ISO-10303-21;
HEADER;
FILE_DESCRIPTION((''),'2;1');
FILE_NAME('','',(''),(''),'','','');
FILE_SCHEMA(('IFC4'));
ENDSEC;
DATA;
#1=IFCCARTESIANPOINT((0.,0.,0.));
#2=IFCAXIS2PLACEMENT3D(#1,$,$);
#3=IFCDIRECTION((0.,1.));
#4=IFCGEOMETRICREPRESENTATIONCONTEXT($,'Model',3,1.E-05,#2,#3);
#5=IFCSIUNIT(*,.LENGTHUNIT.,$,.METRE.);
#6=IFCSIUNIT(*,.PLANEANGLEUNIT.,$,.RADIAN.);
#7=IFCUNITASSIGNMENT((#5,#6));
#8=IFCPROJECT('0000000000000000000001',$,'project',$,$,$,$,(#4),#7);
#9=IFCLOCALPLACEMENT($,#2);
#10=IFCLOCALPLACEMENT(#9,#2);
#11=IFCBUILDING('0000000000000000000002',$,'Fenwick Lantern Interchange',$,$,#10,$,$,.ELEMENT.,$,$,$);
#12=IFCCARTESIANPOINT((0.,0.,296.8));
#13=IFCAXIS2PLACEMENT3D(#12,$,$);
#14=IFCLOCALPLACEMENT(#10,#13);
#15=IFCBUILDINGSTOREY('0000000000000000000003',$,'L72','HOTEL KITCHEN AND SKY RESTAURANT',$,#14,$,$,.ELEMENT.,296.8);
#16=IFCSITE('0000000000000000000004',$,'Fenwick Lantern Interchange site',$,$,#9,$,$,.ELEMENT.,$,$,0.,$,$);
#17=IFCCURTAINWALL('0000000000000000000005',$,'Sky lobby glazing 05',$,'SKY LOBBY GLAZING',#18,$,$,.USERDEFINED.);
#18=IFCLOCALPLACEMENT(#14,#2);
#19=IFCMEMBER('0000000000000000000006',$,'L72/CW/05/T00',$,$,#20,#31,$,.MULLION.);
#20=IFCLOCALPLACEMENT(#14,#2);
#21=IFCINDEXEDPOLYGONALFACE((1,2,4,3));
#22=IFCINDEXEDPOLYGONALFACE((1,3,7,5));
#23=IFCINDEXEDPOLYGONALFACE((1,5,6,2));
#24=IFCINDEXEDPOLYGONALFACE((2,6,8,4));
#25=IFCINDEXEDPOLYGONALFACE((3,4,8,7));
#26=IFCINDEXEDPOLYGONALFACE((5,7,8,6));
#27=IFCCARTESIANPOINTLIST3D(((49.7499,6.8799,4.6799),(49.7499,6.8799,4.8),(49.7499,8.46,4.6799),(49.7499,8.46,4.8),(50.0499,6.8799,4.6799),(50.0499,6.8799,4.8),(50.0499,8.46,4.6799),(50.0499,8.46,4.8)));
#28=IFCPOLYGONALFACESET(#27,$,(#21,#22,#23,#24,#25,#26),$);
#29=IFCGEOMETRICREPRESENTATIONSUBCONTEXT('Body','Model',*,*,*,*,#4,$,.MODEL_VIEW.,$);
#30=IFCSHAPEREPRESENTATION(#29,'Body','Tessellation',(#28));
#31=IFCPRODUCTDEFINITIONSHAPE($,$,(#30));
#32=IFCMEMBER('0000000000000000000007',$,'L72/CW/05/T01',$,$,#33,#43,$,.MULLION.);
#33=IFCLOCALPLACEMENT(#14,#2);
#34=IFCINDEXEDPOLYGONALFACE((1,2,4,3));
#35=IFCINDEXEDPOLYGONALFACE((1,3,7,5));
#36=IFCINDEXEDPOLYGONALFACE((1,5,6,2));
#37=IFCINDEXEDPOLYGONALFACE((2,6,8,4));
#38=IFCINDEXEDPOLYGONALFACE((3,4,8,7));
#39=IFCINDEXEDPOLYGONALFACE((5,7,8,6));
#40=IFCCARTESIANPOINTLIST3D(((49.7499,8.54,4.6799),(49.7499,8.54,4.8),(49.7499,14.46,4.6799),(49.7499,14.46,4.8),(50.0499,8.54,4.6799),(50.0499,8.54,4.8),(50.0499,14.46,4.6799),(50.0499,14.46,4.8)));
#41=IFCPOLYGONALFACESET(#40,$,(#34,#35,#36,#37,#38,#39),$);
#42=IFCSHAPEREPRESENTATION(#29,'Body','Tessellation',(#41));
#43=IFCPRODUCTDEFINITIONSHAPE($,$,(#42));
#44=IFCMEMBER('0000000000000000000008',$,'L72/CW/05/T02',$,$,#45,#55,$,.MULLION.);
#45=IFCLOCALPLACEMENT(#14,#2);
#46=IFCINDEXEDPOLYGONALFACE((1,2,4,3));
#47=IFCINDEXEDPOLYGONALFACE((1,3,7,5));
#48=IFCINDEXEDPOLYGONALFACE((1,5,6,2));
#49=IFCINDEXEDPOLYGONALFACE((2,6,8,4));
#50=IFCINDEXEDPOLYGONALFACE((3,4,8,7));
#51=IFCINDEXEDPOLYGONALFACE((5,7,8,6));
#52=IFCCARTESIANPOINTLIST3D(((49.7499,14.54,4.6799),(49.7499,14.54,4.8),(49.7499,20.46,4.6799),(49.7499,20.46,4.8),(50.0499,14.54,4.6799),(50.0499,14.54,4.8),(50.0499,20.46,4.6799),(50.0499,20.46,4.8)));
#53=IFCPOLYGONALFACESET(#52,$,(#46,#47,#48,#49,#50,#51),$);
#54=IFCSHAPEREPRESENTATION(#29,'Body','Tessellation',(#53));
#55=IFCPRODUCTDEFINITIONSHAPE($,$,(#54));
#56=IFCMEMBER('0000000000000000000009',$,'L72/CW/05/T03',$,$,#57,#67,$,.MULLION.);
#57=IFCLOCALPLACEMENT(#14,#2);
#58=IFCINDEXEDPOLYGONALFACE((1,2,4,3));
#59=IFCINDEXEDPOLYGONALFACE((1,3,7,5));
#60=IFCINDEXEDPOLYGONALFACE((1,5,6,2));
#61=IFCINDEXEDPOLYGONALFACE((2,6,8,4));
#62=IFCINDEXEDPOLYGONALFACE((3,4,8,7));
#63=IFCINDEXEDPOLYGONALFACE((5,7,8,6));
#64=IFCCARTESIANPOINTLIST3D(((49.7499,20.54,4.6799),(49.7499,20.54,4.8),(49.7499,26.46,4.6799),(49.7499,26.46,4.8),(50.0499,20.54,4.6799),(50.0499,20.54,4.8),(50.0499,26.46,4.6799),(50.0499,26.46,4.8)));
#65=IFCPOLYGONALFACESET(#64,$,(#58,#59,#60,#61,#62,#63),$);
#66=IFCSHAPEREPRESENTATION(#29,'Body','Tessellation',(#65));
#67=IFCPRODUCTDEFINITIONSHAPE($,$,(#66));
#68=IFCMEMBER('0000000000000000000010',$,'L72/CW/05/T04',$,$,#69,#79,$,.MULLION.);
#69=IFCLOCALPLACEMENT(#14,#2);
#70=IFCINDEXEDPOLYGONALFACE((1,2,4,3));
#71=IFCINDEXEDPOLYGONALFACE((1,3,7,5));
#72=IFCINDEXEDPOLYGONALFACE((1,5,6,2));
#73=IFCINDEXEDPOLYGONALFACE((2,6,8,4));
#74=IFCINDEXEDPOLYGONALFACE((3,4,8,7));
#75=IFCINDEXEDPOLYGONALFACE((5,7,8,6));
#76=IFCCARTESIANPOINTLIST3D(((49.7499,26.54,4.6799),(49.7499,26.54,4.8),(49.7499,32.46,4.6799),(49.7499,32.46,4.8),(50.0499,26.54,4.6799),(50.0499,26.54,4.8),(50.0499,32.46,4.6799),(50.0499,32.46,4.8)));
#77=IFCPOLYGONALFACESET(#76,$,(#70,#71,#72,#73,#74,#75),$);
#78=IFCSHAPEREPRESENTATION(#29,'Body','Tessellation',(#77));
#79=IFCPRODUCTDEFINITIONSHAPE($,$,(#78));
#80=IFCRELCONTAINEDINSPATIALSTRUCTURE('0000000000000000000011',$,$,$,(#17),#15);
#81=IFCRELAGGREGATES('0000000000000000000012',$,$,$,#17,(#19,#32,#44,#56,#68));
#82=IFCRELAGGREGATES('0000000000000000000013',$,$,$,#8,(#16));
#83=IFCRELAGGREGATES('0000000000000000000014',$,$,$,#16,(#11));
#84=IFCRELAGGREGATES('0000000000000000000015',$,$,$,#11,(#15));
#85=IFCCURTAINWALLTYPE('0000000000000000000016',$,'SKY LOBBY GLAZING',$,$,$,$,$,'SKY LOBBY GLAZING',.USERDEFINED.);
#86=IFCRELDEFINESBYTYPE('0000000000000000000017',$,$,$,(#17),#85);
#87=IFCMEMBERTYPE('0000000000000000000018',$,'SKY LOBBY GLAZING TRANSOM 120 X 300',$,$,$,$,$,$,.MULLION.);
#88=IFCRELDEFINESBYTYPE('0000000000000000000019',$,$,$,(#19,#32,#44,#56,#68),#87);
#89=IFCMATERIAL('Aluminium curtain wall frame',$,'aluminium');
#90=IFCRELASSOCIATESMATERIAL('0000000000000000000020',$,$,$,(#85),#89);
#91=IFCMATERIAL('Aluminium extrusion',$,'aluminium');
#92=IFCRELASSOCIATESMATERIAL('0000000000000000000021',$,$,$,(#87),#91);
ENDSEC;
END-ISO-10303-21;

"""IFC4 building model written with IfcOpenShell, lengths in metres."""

from ifc_helpers import new_model, si_unit, direction, frame, origin, origin_2d, place, context, subcontext, project, spatial, rectangle, extrude, material, material_profile, profile_set, type_object, element, aggregate, save


model = new_model("IFC4")

# Units and contexts
model_context = context("Model", 3, precision=1e-05, world=origin(), true_north=direction((0.0, 1.0)))
body_context = subcontext(model_context, "Body", "Model", "MODEL_VIEW")
ifc_project = project(units=[si_unit("LENGTHUNIT", "METRE"), si_unit("PLANEANGLEUNIT", "RADIAN")], contexts=[model_context])

# Site, building, storey
site_placement = place(None, origin())
site = spatial("IfcSite", under=ifc_project, at=site_placement, Name="Fenwick Lantern Interchange site", CompositionType="ELEMENT", RefElevation=0.0)
building_placement = place(site_placement, origin())
building = spatial("IfcBuilding", under=site, at=building_placement, Name="Fenwick Lantern Interchange", CompositionType="ELEMENT")
storey_placement = place(building_placement, frame((0.0, 0.0, 296.8)))
storey = spatial("IfcBuildingStorey", under=building, at=storey_placement, Name="L72", Description="HOTEL KITCHEN AND SKY RESTAURANT", CompositionType="ELEMENT", Elevation=296.8)

# Curtain wall, members
ifc_material_1 = material(Name="Aluminium curtain wall frame", Category="aluminium")
curtain_wall_type = type_object("IfcCurtainWallType", Name="SKY LOBBY GLAZING", ElementType="SKY LOBBY GLAZING", PredefinedType="USERDEFINED", material=ifc_material_1)
curtain_wall_placement = place(storey_placement, origin())
curtain_wall = element("IfcCurtainWall", 1, at=curtain_wall_placement, inside=storey, type_object=curtain_wall_type, Name="Sky lobby glazing 05", ObjectType="SKY LOBBY GLAZING", PredefinedType="USERDEFINED")
ifc_material_2 = material(Name="Aluminium extrusion", Category="aluminium")
ifc_material_profile_1 = material_profile(ifc_material_2, rectangle(XDim=0.3, YDim=0.1201, at=origin_2d()), Name="SKY LOBBY GLAZING TRANSOM 120 X 300")
ifc_profile_set_1 = profile_set([ifc_material_profile_1], Name="Aluminium extrusion")
member_type_1 = type_object("IfcMemberType", Name="SKY LOBBY GLAZING TRANSOM 120 X 300", PredefinedType="MULLION", material=ifc_profile_set_1)
member_1_placement = place(storey_placement, frame((49.8999, 6.8799, 4.74), z_axis=(0.0, 1.0, 0.0), x_axis=(-1.0, 0.0, 0.0)))
member_1 = element("IfcMember", 2, at=member_1_placement, type_object=member_type_1, Name="L72/CW/05/T00", PredefinedType="MULLION", context=body_context, shape_type="SweptSolid", body=[
    extrude(rectangle(XDim=0.3, YDim=0.1201, at=origin_2d()), origin(), (0.0, 0.0, 1.0), 1.5801),
])
member_2_placement = place(storey_placement, frame((49.8999, 8.54, 4.74), z_axis=(0.0, 1.0, 0.0), x_axis=(-1.0, 0.0, 0.0)))
member_2 = element("IfcMember", 3, at=member_2_placement, type_object=member_type_1, Name="L72/CW/05/T01", PredefinedType="MULLION", context=body_context, shape_type="SweptSolid", body=[
    extrude(rectangle(XDim=0.3, YDim=0.1201, at=origin_2d()), origin(), (0.0, 0.0, 1.0), 5.9199),
])
member_3_placement = place(storey_placement, frame((49.8999, 14.54, 4.74), z_axis=(0.0, 1.0, 0.0), x_axis=(-1.0, 0.0, 0.0)))
member_3 = element("IfcMember", 4, at=member_3_placement, type_object=member_type_1, Name="L72/CW/05/T02", PredefinedType="MULLION", context=body_context, shape_type="SweptSolid", body=[
    extrude(rectangle(XDim=0.3, YDim=0.1201, at=origin_2d()), origin(), (0.0, 0.0, 1.0), 5.9199),
])
member_4_placement = place(storey_placement, frame((49.8999, 20.54, 4.74), z_axis=(0.0, 1.0, 0.0), x_axis=(-1.0, 0.0, 0.0)))
member_4 = element("IfcMember", 5, at=member_4_placement, type_object=member_type_1, Name="L72/CW/05/T03", PredefinedType="MULLION", context=body_context, shape_type="SweptSolid", body=[
    extrude(rectangle(XDim=0.3, YDim=0.1201, at=origin_2d()), origin(), (0.0, 0.0, 1.0), 5.9199),
])
member_5_placement = place(storey_placement, frame((49.8999, 26.54, 4.74), z_axis=(0.0, 1.0, 0.0), x_axis=(-1.0, 0.0, 0.0)))
member_5 = element("IfcMember", 6, at=member_5_placement, type_object=member_type_1, Name="L72/CW/05/T04", PredefinedType="MULLION", context=body_context, shape_type="SweptSolid", body=[
    extrude(rectangle(XDim=0.3, YDim=0.1201, at=origin_2d()), origin(), (0.0, 0.0, 1.0), 5.9199),
])
aggregate(curtain_wall, [member_1, member_2, member_3, member_4, member_5])

save(model, "model.ifc")
